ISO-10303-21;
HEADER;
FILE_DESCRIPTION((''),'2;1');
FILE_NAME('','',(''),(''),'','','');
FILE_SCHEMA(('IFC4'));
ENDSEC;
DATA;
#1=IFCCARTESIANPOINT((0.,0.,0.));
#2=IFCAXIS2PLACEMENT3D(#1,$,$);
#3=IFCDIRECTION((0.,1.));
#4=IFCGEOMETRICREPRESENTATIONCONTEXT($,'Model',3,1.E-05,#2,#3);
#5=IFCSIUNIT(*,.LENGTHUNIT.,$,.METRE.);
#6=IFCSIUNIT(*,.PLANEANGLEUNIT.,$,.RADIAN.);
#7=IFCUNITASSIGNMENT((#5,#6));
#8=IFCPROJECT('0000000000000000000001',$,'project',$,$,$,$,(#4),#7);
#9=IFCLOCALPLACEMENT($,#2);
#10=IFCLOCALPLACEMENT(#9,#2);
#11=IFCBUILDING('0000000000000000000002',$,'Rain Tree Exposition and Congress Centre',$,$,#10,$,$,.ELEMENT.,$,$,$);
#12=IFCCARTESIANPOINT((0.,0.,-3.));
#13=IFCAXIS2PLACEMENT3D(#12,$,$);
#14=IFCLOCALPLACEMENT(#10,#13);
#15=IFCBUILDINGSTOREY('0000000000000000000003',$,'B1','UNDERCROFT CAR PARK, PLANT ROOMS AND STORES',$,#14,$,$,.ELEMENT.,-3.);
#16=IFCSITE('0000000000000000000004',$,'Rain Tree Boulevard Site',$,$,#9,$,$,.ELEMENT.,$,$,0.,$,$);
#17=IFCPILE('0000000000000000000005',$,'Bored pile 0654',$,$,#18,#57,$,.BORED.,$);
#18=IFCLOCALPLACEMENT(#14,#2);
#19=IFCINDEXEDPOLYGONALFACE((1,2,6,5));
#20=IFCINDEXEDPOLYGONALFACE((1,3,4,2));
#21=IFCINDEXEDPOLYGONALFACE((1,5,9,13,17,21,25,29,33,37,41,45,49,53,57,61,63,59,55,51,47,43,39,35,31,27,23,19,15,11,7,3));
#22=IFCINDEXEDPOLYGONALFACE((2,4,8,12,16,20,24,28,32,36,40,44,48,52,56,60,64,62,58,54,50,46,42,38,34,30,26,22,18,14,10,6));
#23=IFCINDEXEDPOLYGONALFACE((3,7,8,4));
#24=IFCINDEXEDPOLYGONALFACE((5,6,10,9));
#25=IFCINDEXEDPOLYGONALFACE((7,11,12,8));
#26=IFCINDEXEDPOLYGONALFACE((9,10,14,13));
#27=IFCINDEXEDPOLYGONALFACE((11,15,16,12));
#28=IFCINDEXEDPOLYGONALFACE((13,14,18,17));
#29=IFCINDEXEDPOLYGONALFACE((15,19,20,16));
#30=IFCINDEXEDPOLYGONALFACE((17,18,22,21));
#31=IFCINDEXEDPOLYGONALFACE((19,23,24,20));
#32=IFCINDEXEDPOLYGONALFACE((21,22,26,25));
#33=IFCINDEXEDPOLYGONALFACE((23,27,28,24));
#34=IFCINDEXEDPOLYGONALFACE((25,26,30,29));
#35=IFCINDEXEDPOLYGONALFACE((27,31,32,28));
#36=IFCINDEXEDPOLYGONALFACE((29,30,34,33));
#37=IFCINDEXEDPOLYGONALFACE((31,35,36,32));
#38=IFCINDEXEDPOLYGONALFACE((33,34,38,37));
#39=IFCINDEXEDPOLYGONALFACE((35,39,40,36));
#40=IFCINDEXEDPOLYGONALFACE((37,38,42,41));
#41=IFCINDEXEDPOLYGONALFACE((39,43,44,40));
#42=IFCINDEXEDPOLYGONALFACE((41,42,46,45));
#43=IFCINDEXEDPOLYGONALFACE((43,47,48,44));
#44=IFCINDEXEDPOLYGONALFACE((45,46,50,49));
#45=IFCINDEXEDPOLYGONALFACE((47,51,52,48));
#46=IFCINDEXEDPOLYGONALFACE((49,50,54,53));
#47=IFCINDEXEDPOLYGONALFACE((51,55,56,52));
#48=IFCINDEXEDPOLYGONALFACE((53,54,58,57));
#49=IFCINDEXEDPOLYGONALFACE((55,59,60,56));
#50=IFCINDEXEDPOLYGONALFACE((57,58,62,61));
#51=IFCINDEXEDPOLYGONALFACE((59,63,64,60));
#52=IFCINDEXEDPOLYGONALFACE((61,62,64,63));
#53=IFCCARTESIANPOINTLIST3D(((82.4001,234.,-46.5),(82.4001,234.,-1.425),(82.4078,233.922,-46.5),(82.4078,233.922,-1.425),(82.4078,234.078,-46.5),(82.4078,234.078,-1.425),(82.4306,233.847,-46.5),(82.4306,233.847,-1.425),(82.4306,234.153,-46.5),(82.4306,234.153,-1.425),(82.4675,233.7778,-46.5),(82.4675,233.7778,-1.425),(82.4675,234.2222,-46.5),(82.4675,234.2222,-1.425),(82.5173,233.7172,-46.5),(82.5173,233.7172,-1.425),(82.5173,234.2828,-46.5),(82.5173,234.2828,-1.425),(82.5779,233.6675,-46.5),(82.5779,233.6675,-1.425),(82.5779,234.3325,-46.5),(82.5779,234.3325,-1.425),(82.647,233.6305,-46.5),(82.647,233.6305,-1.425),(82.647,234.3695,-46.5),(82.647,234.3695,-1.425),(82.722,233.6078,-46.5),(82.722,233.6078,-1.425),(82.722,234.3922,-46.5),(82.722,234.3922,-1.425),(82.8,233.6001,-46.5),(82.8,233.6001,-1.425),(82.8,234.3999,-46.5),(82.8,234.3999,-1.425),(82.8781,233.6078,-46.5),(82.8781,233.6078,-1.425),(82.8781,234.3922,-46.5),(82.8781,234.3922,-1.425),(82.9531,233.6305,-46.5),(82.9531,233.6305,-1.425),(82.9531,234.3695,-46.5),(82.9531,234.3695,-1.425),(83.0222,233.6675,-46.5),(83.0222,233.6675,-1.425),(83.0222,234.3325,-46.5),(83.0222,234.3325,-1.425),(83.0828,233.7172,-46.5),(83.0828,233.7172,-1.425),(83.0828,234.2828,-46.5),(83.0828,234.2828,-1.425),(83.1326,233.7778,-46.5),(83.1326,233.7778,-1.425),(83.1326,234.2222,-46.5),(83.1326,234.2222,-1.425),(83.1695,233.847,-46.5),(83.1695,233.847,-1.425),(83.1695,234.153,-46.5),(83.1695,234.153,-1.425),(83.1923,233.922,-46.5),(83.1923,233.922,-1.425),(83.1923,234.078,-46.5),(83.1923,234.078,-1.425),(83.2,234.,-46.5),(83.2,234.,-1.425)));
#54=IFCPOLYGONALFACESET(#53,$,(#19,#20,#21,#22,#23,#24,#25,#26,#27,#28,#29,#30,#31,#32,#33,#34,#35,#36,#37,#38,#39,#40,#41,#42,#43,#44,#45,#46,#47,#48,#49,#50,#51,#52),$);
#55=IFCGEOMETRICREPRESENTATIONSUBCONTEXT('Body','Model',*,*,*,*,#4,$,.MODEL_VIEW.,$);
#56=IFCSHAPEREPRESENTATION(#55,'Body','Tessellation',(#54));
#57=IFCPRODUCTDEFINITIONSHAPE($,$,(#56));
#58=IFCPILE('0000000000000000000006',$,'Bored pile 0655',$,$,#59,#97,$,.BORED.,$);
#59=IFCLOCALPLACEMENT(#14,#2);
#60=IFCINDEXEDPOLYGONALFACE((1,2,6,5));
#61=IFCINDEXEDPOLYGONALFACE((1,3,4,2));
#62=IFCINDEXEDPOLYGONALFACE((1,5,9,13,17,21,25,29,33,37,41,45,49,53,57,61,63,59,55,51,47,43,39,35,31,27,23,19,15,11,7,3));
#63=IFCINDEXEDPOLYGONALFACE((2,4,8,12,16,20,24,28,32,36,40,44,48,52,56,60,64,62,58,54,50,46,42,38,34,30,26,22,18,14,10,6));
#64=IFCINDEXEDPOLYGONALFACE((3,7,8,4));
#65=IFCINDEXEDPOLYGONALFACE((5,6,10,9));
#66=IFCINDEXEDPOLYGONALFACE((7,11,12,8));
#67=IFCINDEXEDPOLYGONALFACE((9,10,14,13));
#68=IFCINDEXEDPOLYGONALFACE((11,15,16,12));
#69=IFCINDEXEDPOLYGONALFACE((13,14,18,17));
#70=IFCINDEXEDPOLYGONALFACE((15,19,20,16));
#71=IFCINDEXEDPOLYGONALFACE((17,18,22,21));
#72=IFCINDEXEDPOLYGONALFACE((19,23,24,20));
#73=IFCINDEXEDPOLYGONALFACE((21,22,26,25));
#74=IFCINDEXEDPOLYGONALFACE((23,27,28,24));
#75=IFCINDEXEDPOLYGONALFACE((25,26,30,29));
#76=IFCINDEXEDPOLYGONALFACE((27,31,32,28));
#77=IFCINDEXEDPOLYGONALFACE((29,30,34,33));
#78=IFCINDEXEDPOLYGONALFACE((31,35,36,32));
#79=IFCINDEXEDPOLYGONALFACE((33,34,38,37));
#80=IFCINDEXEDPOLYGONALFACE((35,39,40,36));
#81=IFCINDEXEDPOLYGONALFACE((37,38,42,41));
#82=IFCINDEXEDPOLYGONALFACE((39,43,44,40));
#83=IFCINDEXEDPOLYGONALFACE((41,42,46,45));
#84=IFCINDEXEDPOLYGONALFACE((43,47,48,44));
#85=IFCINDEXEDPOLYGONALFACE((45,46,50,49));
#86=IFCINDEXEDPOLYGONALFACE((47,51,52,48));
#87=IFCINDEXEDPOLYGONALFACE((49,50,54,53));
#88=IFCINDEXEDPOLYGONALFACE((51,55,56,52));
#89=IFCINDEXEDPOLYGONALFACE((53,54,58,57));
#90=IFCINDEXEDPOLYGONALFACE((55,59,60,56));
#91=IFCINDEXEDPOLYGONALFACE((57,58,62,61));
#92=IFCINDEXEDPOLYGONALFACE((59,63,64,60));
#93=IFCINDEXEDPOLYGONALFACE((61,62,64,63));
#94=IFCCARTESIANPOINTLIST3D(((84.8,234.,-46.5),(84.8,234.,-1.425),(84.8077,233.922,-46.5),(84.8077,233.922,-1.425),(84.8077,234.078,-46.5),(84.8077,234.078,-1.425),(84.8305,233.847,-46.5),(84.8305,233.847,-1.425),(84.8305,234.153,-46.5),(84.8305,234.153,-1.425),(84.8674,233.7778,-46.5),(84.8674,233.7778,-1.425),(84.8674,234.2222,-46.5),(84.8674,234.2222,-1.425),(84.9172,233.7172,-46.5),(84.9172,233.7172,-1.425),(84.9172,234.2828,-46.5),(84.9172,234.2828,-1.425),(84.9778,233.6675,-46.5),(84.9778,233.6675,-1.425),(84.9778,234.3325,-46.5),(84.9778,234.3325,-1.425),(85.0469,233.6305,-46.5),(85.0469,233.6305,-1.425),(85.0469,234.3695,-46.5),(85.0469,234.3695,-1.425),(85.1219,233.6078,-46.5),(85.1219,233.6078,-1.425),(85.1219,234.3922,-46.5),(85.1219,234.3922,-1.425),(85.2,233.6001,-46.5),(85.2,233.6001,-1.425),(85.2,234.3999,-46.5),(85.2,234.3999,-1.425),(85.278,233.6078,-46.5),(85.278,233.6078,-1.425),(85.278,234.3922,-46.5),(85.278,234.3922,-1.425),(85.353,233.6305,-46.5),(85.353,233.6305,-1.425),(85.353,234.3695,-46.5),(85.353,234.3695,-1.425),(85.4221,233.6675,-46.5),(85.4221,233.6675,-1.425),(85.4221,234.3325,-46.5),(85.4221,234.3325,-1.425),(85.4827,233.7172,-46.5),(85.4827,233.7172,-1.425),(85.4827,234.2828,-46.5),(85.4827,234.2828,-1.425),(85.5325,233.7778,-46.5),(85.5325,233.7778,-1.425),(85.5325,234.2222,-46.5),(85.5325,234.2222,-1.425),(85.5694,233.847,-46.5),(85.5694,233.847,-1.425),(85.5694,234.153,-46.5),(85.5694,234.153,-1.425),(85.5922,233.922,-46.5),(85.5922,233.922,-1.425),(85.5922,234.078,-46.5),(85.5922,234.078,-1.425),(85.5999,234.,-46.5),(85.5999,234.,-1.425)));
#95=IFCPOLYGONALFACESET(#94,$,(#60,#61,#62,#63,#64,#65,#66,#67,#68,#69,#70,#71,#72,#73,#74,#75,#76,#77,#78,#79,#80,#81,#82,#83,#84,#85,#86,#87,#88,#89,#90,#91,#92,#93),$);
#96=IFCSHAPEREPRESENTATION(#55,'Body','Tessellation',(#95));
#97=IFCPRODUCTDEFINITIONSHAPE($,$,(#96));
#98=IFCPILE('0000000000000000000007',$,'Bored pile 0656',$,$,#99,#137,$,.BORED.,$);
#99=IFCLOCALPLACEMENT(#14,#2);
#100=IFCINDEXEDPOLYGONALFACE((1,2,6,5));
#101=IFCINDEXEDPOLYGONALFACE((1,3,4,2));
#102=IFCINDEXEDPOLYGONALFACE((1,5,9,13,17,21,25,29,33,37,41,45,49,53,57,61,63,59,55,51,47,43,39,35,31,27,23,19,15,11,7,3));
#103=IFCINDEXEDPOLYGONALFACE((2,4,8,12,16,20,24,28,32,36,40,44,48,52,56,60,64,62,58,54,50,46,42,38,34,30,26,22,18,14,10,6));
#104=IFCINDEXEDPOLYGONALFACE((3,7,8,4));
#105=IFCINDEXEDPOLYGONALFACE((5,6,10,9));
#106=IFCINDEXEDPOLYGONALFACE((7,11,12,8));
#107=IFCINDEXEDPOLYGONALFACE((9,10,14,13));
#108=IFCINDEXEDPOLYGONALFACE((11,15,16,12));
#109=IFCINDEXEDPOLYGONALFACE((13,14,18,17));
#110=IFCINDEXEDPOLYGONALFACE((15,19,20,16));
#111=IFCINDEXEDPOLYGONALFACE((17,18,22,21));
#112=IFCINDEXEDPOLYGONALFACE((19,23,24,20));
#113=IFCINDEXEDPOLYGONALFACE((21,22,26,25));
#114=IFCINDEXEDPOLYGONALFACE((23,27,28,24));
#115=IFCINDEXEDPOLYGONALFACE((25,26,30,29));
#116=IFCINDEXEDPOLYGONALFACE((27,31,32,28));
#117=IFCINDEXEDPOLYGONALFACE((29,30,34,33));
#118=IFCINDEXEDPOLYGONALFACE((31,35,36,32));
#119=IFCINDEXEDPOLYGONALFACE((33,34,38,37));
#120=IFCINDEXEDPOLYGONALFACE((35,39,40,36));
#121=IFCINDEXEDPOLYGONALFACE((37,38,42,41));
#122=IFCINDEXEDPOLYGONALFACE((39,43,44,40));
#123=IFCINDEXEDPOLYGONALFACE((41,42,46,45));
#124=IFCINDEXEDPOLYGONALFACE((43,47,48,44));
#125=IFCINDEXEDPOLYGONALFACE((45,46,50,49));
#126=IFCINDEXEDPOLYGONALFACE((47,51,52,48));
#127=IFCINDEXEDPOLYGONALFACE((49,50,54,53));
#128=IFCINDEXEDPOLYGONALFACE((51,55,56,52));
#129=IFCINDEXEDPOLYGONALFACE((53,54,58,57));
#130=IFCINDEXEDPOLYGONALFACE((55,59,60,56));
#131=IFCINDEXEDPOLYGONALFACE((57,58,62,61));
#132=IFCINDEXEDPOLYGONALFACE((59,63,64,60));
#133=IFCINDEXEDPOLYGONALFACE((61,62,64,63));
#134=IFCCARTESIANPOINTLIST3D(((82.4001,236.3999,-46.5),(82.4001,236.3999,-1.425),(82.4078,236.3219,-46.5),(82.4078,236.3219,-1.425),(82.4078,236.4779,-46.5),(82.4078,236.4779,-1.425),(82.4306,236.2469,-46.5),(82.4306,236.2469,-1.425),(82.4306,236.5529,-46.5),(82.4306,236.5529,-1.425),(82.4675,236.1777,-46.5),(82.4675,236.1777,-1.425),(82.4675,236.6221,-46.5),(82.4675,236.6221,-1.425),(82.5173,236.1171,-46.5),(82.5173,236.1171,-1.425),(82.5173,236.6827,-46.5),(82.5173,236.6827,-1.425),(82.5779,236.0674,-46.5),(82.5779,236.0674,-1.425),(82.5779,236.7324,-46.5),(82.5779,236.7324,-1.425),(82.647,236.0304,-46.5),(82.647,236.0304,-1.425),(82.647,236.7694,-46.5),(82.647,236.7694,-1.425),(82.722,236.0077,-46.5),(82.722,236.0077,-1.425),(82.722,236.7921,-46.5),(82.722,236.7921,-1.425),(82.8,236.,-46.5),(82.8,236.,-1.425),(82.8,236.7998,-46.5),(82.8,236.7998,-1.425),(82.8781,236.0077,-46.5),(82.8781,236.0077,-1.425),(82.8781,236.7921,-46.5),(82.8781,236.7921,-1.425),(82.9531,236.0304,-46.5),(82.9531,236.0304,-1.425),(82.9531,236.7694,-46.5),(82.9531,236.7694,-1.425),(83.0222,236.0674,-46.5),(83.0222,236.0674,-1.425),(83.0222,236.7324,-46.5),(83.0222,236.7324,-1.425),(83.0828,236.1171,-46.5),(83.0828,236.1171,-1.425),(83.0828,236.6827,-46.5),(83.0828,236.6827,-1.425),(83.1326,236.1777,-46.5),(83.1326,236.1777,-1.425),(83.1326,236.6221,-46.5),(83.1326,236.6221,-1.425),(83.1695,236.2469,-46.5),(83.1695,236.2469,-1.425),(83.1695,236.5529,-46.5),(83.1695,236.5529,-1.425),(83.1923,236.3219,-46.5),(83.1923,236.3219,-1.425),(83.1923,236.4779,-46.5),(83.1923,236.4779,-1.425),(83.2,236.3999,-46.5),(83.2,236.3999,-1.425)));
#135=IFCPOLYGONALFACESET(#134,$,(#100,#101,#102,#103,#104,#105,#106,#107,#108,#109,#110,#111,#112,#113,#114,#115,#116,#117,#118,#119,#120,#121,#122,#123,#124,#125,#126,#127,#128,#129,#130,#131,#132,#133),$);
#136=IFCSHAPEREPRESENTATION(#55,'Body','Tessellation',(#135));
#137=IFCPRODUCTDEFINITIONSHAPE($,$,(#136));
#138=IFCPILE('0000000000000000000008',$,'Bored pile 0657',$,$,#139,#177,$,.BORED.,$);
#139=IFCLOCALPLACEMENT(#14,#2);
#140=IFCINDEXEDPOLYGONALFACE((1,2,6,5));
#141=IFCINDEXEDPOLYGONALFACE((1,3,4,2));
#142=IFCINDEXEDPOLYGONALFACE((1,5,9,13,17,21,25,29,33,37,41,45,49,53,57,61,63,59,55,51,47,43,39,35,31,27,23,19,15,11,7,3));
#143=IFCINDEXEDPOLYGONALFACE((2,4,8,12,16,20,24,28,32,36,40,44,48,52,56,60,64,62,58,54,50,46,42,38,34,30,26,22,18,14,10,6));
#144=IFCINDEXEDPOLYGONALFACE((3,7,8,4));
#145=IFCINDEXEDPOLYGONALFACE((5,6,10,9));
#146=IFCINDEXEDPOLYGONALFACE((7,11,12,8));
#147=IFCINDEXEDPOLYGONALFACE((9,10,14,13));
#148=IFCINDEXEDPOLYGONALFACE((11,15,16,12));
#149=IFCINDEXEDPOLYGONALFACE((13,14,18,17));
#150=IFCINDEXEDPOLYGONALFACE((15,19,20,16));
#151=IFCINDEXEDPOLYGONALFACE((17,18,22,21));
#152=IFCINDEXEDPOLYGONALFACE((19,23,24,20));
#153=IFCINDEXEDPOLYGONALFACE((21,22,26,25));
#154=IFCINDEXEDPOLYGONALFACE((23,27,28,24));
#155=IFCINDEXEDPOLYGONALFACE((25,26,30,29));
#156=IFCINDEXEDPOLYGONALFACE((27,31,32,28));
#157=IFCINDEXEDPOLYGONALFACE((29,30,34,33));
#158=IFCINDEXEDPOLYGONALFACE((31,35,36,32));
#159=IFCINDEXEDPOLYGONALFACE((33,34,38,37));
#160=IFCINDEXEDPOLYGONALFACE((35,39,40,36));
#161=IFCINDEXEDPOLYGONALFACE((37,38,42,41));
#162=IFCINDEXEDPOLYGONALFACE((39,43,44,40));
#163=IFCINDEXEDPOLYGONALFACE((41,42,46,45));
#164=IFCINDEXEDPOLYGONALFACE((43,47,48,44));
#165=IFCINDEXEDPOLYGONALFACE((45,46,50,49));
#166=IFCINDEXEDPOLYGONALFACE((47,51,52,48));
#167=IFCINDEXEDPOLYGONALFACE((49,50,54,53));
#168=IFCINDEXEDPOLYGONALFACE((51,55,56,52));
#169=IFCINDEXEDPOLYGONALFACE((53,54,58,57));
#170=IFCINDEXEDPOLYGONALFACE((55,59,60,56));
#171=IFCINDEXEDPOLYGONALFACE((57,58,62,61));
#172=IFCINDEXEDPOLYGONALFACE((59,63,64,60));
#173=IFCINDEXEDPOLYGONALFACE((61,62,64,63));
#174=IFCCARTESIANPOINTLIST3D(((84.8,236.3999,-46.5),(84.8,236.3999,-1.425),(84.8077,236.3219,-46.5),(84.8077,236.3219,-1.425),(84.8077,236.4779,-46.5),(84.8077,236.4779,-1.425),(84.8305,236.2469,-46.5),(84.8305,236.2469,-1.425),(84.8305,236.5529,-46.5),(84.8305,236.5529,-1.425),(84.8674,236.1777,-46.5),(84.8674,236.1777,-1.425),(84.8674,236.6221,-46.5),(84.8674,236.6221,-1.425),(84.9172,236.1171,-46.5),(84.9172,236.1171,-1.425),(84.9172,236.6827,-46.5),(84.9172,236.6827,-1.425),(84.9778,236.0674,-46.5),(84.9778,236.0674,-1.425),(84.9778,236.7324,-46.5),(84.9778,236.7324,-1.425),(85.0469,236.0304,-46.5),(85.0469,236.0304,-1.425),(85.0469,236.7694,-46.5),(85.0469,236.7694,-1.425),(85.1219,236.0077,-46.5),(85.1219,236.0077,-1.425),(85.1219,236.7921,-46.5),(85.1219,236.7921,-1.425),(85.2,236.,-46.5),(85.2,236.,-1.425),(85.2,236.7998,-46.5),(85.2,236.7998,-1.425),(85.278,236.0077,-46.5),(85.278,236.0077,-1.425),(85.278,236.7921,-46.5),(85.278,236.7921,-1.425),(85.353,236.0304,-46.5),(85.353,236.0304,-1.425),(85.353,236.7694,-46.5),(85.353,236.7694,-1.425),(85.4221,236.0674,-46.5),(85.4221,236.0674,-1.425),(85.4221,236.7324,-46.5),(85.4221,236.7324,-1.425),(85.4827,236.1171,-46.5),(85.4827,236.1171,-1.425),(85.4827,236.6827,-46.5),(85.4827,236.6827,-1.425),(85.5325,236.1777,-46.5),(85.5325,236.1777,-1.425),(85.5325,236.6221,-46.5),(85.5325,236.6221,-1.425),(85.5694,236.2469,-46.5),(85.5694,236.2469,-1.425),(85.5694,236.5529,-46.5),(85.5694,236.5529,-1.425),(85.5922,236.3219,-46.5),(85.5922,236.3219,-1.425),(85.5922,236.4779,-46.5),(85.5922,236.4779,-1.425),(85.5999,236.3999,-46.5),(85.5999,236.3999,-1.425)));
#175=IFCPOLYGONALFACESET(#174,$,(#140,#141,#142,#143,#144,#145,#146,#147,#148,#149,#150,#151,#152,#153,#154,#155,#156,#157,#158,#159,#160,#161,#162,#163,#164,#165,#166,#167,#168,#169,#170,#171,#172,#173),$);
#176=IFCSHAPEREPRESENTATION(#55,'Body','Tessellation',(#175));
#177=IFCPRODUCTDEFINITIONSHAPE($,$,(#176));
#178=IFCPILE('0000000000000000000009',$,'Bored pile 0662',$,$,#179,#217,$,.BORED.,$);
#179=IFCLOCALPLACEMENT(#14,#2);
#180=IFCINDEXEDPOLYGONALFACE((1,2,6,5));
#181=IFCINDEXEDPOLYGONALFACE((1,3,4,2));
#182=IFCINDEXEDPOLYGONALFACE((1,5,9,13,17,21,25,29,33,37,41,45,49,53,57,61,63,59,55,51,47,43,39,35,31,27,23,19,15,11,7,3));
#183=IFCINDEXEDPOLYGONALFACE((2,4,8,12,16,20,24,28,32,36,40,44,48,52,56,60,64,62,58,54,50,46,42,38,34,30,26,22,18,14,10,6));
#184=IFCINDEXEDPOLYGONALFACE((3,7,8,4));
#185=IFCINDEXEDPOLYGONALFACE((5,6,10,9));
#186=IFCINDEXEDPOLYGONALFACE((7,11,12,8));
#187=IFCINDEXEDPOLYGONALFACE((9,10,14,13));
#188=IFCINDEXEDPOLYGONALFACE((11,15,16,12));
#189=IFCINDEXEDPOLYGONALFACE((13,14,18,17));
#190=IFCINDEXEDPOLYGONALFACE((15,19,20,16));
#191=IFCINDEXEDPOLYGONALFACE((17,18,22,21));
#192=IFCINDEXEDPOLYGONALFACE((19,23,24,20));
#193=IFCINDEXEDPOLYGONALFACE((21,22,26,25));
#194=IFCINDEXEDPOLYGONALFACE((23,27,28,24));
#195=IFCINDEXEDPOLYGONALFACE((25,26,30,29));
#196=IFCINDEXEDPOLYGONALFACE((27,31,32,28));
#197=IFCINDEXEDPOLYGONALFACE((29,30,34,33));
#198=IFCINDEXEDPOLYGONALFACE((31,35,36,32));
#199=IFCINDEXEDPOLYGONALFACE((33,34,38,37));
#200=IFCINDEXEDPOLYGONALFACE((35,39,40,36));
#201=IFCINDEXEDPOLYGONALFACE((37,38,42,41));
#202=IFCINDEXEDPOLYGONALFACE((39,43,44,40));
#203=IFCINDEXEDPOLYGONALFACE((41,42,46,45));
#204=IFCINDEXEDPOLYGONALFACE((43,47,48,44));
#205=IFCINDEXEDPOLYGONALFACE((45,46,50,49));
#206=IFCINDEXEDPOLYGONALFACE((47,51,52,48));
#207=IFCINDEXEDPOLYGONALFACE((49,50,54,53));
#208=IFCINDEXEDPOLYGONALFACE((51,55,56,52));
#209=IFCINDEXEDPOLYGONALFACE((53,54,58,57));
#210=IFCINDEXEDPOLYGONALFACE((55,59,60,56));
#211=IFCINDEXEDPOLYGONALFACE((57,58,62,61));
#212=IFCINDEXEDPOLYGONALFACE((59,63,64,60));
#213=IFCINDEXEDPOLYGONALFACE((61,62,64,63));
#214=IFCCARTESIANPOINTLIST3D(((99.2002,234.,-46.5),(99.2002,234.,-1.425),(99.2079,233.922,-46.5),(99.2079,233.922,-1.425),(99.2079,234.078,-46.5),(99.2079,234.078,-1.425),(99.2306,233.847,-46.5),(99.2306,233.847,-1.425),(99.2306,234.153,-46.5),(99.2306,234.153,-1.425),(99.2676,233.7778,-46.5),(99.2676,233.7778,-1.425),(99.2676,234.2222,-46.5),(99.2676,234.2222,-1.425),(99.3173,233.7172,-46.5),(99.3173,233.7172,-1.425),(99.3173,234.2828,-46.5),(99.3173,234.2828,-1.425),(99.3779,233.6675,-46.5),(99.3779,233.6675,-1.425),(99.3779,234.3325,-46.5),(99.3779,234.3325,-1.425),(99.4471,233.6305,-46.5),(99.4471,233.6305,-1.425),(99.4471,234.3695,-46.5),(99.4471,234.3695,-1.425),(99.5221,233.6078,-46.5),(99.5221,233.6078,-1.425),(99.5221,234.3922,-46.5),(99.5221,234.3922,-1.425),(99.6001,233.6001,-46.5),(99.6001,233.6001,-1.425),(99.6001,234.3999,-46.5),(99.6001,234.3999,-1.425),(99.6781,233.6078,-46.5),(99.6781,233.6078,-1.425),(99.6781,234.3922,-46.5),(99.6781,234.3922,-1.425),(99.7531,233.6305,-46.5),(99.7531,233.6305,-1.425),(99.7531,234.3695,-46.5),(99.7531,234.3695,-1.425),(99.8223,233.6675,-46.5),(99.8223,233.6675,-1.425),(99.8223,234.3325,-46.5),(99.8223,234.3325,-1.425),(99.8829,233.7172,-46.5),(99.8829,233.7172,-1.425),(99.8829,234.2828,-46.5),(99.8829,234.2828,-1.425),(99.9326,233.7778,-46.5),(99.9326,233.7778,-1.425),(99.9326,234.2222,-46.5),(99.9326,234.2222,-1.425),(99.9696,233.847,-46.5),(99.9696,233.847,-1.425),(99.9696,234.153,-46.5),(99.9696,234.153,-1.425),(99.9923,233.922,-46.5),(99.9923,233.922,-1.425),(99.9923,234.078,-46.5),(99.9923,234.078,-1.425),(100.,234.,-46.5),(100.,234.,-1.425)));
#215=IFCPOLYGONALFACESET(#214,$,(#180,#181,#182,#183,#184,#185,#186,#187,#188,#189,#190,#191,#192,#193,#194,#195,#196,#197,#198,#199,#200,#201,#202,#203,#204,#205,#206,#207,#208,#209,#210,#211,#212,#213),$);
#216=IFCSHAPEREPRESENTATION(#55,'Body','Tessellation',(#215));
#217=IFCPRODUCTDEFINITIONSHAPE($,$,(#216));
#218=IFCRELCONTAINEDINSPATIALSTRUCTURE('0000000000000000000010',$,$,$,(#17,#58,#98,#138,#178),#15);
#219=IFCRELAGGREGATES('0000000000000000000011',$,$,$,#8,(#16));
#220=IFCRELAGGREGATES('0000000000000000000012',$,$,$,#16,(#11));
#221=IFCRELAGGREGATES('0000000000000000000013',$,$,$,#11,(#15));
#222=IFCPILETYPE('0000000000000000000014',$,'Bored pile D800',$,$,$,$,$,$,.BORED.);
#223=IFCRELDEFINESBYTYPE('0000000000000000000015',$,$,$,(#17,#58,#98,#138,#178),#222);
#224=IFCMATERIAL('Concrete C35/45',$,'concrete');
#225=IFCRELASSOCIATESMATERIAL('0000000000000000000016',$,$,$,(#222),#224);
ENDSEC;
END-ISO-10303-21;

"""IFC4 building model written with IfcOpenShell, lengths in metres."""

from ifc_helpers import new_model, si_unit, direction, frame, origin, origin_2d, place, context, subcontext, project, spatial, circle, extrude, material, material_profile, profile_set, type_object, element, save


model = new_model("IFC4")

# Units and contexts
model_context = context("Model", 3, precision=1e-05, world=origin(), true_north=direction((0.0, 1.0)))
body_context = subcontext(model_context, "Body", "Model", "MODEL_VIEW")
ifc_project = project(units=[si_unit("LENGTHUNIT", "METRE"), si_unit("PLANEANGLEUNIT", "RADIAN")], contexts=[model_context])

# Site, building, storey
site_placement = place(None, origin())
site = spatial("IfcSite", under=ifc_project, at=site_placement, Name="Rain Tree Boulevard Site", CompositionType="ELEMENT", RefElevation=0.0)
building_placement = place(site_placement, origin())
building = spatial("IfcBuilding", under=site, at=building_placement, Name="Rain Tree Exposition and Congress Centre", CompositionType="ELEMENT")
storey_placement = place(building_placement, frame((0.0, 0.0, -3.0)))
storey = spatial("IfcBuildingStorey", under=building, at=storey_placement, Name="B1", Description="UNDERCROFT CAR PARK, PLANT ROOMS AND STORES", CompositionType="ELEMENT", Elevation=-3.0)

# Piles
ifc_material_1 = material(Name="Concrete C35/45", Category="concrete")
ifc_material_profile_1 = material_profile(ifc_material_1, circle(Radius=0.3999, at=origin_2d()), Name="D800")
ifc_profile_set_1 = profile_set([ifc_material_profile_1], Name="Concrete C35/45")
pile_type = type_object("IfcPileType", Name="Bored pile D800", PredefinedType="BORED", material=ifc_profile_set_1)
for number, where, z_axis, x_axis, name in (
    (1, (82.8, 234.0, -1.425), (0.0, 0.0, -1.0), (1.0, 0.0, 0.0), "Bored pile 0654"),
    (2, (85.2, 234.0, -1.425), (0.0, 0.0, -1.0), (1.0, 0.0, 0.0), "Bored pile 0655"),
    (3, (82.8, 236.3999, -1.425), (0.0, 0.0, -1.0), (1.0, 0.0, 0.0), "Bored pile 0656"),
    (4, (85.2, 236.3999, -1.425), (0.0, 0.0, -1.0), (1.0, 0.0, 0.0), "Bored pile 0657"),
    (5, (99.6001, 234.0, -1.425), (0.0, 0.0, -1.0), (1.0, 0.0, 0.0), "Bored pile 0662"),
):
    element("IfcPile", number, at=place(storey_placement, frame(where, z_axis=z_axis, x_axis=x_axis)), inside=storey, type_object=pile_type, Name=name, PredefinedType="BORED", context=body_context, shape_type="SweptSolid", body=[
        extrude(circle(Radius=0.3999, at=origin_2d()), origin(), (0.0, 0.0, 1.0), 45.075),
    ])

save(model, "model.ifc")
